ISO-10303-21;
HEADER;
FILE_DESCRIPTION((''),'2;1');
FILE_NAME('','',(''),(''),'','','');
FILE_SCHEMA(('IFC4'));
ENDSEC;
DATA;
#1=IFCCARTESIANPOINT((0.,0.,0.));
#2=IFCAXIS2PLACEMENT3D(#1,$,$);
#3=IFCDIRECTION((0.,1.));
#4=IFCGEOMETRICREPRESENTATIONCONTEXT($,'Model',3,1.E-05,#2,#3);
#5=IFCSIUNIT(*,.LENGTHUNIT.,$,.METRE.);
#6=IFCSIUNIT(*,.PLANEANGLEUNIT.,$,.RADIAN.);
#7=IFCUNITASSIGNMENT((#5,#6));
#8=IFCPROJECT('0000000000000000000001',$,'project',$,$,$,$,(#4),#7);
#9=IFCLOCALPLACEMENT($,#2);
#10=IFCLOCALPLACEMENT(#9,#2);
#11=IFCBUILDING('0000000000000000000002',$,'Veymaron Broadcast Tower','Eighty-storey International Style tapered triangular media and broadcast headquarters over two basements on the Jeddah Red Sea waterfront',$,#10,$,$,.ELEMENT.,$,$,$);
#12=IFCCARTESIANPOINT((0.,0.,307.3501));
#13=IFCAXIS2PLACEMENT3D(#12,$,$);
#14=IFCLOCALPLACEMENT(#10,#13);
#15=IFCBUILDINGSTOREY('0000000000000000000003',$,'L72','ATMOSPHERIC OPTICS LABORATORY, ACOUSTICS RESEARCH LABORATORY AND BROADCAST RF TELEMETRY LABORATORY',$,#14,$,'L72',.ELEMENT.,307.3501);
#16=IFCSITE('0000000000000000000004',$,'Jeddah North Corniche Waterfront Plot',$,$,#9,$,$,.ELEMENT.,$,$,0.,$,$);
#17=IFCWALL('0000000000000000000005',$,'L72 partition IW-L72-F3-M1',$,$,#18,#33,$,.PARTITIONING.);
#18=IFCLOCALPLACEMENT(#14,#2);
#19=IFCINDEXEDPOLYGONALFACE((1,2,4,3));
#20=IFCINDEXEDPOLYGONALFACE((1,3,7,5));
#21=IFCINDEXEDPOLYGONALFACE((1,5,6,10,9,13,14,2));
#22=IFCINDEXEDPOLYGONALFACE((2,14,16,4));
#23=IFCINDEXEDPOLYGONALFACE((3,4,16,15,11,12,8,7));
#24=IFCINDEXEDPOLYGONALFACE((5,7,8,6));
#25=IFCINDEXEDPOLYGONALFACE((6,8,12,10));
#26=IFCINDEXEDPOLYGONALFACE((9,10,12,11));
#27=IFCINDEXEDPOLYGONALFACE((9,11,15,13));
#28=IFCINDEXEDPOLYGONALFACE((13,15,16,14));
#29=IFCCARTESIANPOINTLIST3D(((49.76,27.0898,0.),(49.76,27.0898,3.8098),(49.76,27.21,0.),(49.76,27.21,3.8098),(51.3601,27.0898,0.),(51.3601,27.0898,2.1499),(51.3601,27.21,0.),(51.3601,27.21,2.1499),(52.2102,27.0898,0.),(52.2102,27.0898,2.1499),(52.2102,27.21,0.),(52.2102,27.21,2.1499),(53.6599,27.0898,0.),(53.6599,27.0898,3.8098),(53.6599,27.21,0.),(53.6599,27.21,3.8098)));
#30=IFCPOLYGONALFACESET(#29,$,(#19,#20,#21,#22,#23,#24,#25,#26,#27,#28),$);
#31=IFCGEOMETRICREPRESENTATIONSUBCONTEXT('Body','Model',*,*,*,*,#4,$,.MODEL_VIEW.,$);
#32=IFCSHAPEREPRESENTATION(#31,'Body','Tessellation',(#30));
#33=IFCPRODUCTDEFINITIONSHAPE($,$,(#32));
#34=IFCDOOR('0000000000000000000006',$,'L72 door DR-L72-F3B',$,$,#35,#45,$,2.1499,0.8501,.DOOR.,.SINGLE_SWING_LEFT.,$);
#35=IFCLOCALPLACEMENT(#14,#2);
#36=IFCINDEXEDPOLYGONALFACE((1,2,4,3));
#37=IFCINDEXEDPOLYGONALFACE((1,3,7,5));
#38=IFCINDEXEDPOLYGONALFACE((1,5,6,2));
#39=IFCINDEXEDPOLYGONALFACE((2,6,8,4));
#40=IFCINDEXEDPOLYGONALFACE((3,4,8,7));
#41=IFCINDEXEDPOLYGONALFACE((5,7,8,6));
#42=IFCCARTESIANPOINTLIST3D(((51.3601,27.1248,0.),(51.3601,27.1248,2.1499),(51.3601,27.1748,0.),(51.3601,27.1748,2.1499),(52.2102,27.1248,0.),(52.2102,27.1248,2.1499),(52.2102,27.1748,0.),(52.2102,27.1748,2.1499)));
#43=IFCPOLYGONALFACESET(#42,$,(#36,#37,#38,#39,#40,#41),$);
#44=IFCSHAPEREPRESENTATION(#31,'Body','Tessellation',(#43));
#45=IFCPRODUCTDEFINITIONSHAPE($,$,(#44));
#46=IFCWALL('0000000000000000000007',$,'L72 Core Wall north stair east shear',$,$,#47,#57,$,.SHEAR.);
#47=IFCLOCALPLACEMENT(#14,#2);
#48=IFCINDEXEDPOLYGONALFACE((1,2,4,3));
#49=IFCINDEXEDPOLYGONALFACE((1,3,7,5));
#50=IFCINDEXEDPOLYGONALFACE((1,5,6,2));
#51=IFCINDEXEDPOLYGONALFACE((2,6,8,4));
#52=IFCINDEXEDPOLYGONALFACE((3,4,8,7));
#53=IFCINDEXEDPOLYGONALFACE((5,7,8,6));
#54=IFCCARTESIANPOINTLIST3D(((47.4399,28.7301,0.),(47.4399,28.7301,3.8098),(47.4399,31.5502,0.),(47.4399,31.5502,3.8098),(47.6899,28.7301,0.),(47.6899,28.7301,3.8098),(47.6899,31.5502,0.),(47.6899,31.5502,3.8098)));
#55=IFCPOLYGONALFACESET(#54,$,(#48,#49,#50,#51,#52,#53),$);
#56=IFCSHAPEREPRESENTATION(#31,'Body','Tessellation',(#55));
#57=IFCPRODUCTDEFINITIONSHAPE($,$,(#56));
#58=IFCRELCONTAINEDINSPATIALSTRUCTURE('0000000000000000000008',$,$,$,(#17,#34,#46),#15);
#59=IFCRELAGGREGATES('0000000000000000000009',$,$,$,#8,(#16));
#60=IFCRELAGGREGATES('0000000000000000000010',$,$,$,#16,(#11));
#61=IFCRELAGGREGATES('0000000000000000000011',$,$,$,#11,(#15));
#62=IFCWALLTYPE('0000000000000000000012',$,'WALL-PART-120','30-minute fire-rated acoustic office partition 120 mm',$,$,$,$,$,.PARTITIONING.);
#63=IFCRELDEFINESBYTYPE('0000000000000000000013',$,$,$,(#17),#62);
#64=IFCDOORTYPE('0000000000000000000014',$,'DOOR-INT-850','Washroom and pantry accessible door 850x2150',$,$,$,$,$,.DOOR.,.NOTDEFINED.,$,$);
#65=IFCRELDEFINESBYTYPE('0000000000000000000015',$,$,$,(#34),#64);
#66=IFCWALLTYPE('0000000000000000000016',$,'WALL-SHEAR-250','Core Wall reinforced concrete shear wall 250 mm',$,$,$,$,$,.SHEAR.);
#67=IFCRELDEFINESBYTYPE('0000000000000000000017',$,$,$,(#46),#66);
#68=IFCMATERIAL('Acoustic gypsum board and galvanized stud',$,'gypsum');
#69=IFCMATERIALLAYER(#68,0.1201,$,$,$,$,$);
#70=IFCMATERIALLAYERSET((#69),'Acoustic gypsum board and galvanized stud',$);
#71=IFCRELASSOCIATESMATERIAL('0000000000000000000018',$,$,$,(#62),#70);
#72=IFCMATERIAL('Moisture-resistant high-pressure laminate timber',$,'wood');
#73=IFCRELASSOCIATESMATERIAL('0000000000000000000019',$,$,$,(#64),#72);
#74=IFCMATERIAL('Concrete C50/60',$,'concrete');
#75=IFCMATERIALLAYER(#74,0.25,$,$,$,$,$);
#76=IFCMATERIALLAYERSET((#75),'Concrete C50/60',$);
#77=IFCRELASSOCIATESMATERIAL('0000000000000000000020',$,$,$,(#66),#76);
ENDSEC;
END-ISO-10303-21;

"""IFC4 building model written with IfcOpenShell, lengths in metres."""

from ifc_helpers import new_model, si_unit, direction, frame, frame_2d, origin, place, context, subcontext, project, spatial, rectangle, extrude, material, layer, layer_set, type_object, element, fill, save


model = new_model("IFC4")

# Units and contexts
model_context = context("Model", 3, precision=1e-05, world=origin(), true_north=direction((0.0, 1.0)))
body_context = subcontext(model_context, "Body", "Model", "MODEL_VIEW")
ifc_project = project(units=[si_unit("LENGTHUNIT", "METRE"), si_unit("PLANEANGLEUNIT", "RADIAN")], contexts=[model_context])

# Site, building, storey
site_placement = place(None, origin())
site = spatial("IfcSite", under=ifc_project, at=site_placement, Name="Jeddah North Corniche Waterfront Plot", CompositionType="ELEMENT", RefElevation=0.0)
building_placement = place(site_placement, origin())
building = spatial("IfcBuilding", under=site, at=building_placement, Name="Veymaron Broadcast Tower", Description="Eighty-storey International Style tapered triangular media and broadcast headquarters over two basements on the Jeddah Red Sea waterfront", CompositionType="ELEMENT")
storey_placement = place(building_placement, frame((0.0, 0.0, 307.3501)))
storey = spatial("IfcBuildingStorey", under=building, at=storey_placement, Name="L72", Description="ATMOSPHERIC OPTICS LABORATORY, ACOUSTICS RESEARCH LABORATORY AND BROADCAST RF TELEMETRY LABORATORY", LongName="L72", CompositionType="ELEMENT", Elevation=307.3501)

# Wall, opening, door
ifc_material_1 = material(Name="Acoustic gypsum board and galvanized stud", Category="gypsum")
ifc_layer_1 = layer(ifc_material_1, 0.1201)
ifc_layer_set_1 = layer_set([ifc_layer_1], Name="Acoustic gypsum board and galvanized stud")
wall_type_1 = type_object("IfcWallType", Name="WALL-PART-120", Description="30-minute fire-rated acoustic office partition 120 mm", PredefinedType="PARTITIONING", material=ifc_layer_set_1)
wall_1_placement = place(storey_placement, frame((49.76, 27.1499, 0.0), z_axis=(0.0, 0.0, 1.0), x_axis=(1.0, 0.0, 0.0)))
wall_1 = element("IfcWall", 1, at=wall_1_placement, inside=storey, type_object=wall_type_1, Name="L72 partition IW-L72-F3-M1", PredefinedType="PARTITIONING", context=body_context, shape_type="SweptSolid", body=[
    extrude(rectangle(XDim=3.8999, YDim=0.1201, at=frame_2d((1.95, 0.0))), origin(), (0.0, 0.0, 1.0), 3.8098),
])
opening_1_placement = place(wall_1_placement, frame((1.6001, 0.0, 0.0)))
opening_1 = element("IfcOpeningElement", 2, at=opening_1_placement, cuts=wall_1, PredefinedType="OPENING", context=body_context, shape_type="SweptSolid", body=[
    extrude(rectangle(XDim=0.8501, YDim=2.1499, at=frame_2d((0.425, 1.075))), frame((0.0, 0.0701, 0.0), z_axis=(0.0, -1.0, 0.0), x_axis=(1.0, 0.0, 0.0)), (0.0, 0.0, 1.0), 0.1401),
])
ifc_material_2 = material(Name="Moisture-resistant high-pressure laminate timber", Category="wood")
door_type_1 = type_object("IfcDoorType", Name="DOOR-INT-850", Description="Washroom and pantry accessible door 850x2150", OperationType="NOTDEFINED", PredefinedType="DOOR", material=ifc_material_2)
door_1_placement = place(opening_1_placement, origin())
door_1 = element("IfcDoor", 3, at=door_1_placement, inside=storey, type_object=door_type_1, Name="L72 door DR-L72-F3B", OperationType="SINGLE_SWING_LEFT", OverallHeight=2.1499, OverallWidth=0.8501, PredefinedType="DOOR", context=body_context, shape_type="SweptSolid", body=[
    extrude(rectangle(XDim=0.8501, YDim=2.1499, at=frame_2d((0.425, 1.075))), frame((0.0, 0.0249, 0.0), z_axis=(0.0, -1.0, 0.0), x_axis=(1.0, 0.0, 0.0)), (0.0, 0.0, 1.0), 0.05),
])
fill(opening_1, door_1)

# Wall
ifc_material_3 = material(Name="Concrete C50/60", Category="concrete")
ifc_layer_2 = layer(ifc_material_3, 0.25)
ifc_layer_set_2 = layer_set([ifc_layer_2], Name="Concrete C50/60")
wall_type_2 = type_object("IfcWallType", Name="WALL-SHEAR-250", Description="Core Wall reinforced concrete shear wall 250 mm", PredefinedType="SHEAR", material=ifc_layer_set_2)
wall_2_placement = place(storey_placement, frame((47.5649, 28.73, 0.0), z_axis=(0.0, 0.0, 1.0), x_axis=(0.0, 1.0, 0.0)))
element("IfcWall", 4, at=wall_2_placement, inside=storey, type_object=wall_type_2, Name="L72 Core Wall north stair east shear", PredefinedType="SHEAR", context=body_context, shape_type="SweptSolid", body=[
    extrude(rectangle(XDim=2.8201, YDim=0.25, at=frame_2d((1.4102, 0.0))), origin(), (0.0, 0.0, 1.0), 3.8098),
])

save(model, "model.ifc")
